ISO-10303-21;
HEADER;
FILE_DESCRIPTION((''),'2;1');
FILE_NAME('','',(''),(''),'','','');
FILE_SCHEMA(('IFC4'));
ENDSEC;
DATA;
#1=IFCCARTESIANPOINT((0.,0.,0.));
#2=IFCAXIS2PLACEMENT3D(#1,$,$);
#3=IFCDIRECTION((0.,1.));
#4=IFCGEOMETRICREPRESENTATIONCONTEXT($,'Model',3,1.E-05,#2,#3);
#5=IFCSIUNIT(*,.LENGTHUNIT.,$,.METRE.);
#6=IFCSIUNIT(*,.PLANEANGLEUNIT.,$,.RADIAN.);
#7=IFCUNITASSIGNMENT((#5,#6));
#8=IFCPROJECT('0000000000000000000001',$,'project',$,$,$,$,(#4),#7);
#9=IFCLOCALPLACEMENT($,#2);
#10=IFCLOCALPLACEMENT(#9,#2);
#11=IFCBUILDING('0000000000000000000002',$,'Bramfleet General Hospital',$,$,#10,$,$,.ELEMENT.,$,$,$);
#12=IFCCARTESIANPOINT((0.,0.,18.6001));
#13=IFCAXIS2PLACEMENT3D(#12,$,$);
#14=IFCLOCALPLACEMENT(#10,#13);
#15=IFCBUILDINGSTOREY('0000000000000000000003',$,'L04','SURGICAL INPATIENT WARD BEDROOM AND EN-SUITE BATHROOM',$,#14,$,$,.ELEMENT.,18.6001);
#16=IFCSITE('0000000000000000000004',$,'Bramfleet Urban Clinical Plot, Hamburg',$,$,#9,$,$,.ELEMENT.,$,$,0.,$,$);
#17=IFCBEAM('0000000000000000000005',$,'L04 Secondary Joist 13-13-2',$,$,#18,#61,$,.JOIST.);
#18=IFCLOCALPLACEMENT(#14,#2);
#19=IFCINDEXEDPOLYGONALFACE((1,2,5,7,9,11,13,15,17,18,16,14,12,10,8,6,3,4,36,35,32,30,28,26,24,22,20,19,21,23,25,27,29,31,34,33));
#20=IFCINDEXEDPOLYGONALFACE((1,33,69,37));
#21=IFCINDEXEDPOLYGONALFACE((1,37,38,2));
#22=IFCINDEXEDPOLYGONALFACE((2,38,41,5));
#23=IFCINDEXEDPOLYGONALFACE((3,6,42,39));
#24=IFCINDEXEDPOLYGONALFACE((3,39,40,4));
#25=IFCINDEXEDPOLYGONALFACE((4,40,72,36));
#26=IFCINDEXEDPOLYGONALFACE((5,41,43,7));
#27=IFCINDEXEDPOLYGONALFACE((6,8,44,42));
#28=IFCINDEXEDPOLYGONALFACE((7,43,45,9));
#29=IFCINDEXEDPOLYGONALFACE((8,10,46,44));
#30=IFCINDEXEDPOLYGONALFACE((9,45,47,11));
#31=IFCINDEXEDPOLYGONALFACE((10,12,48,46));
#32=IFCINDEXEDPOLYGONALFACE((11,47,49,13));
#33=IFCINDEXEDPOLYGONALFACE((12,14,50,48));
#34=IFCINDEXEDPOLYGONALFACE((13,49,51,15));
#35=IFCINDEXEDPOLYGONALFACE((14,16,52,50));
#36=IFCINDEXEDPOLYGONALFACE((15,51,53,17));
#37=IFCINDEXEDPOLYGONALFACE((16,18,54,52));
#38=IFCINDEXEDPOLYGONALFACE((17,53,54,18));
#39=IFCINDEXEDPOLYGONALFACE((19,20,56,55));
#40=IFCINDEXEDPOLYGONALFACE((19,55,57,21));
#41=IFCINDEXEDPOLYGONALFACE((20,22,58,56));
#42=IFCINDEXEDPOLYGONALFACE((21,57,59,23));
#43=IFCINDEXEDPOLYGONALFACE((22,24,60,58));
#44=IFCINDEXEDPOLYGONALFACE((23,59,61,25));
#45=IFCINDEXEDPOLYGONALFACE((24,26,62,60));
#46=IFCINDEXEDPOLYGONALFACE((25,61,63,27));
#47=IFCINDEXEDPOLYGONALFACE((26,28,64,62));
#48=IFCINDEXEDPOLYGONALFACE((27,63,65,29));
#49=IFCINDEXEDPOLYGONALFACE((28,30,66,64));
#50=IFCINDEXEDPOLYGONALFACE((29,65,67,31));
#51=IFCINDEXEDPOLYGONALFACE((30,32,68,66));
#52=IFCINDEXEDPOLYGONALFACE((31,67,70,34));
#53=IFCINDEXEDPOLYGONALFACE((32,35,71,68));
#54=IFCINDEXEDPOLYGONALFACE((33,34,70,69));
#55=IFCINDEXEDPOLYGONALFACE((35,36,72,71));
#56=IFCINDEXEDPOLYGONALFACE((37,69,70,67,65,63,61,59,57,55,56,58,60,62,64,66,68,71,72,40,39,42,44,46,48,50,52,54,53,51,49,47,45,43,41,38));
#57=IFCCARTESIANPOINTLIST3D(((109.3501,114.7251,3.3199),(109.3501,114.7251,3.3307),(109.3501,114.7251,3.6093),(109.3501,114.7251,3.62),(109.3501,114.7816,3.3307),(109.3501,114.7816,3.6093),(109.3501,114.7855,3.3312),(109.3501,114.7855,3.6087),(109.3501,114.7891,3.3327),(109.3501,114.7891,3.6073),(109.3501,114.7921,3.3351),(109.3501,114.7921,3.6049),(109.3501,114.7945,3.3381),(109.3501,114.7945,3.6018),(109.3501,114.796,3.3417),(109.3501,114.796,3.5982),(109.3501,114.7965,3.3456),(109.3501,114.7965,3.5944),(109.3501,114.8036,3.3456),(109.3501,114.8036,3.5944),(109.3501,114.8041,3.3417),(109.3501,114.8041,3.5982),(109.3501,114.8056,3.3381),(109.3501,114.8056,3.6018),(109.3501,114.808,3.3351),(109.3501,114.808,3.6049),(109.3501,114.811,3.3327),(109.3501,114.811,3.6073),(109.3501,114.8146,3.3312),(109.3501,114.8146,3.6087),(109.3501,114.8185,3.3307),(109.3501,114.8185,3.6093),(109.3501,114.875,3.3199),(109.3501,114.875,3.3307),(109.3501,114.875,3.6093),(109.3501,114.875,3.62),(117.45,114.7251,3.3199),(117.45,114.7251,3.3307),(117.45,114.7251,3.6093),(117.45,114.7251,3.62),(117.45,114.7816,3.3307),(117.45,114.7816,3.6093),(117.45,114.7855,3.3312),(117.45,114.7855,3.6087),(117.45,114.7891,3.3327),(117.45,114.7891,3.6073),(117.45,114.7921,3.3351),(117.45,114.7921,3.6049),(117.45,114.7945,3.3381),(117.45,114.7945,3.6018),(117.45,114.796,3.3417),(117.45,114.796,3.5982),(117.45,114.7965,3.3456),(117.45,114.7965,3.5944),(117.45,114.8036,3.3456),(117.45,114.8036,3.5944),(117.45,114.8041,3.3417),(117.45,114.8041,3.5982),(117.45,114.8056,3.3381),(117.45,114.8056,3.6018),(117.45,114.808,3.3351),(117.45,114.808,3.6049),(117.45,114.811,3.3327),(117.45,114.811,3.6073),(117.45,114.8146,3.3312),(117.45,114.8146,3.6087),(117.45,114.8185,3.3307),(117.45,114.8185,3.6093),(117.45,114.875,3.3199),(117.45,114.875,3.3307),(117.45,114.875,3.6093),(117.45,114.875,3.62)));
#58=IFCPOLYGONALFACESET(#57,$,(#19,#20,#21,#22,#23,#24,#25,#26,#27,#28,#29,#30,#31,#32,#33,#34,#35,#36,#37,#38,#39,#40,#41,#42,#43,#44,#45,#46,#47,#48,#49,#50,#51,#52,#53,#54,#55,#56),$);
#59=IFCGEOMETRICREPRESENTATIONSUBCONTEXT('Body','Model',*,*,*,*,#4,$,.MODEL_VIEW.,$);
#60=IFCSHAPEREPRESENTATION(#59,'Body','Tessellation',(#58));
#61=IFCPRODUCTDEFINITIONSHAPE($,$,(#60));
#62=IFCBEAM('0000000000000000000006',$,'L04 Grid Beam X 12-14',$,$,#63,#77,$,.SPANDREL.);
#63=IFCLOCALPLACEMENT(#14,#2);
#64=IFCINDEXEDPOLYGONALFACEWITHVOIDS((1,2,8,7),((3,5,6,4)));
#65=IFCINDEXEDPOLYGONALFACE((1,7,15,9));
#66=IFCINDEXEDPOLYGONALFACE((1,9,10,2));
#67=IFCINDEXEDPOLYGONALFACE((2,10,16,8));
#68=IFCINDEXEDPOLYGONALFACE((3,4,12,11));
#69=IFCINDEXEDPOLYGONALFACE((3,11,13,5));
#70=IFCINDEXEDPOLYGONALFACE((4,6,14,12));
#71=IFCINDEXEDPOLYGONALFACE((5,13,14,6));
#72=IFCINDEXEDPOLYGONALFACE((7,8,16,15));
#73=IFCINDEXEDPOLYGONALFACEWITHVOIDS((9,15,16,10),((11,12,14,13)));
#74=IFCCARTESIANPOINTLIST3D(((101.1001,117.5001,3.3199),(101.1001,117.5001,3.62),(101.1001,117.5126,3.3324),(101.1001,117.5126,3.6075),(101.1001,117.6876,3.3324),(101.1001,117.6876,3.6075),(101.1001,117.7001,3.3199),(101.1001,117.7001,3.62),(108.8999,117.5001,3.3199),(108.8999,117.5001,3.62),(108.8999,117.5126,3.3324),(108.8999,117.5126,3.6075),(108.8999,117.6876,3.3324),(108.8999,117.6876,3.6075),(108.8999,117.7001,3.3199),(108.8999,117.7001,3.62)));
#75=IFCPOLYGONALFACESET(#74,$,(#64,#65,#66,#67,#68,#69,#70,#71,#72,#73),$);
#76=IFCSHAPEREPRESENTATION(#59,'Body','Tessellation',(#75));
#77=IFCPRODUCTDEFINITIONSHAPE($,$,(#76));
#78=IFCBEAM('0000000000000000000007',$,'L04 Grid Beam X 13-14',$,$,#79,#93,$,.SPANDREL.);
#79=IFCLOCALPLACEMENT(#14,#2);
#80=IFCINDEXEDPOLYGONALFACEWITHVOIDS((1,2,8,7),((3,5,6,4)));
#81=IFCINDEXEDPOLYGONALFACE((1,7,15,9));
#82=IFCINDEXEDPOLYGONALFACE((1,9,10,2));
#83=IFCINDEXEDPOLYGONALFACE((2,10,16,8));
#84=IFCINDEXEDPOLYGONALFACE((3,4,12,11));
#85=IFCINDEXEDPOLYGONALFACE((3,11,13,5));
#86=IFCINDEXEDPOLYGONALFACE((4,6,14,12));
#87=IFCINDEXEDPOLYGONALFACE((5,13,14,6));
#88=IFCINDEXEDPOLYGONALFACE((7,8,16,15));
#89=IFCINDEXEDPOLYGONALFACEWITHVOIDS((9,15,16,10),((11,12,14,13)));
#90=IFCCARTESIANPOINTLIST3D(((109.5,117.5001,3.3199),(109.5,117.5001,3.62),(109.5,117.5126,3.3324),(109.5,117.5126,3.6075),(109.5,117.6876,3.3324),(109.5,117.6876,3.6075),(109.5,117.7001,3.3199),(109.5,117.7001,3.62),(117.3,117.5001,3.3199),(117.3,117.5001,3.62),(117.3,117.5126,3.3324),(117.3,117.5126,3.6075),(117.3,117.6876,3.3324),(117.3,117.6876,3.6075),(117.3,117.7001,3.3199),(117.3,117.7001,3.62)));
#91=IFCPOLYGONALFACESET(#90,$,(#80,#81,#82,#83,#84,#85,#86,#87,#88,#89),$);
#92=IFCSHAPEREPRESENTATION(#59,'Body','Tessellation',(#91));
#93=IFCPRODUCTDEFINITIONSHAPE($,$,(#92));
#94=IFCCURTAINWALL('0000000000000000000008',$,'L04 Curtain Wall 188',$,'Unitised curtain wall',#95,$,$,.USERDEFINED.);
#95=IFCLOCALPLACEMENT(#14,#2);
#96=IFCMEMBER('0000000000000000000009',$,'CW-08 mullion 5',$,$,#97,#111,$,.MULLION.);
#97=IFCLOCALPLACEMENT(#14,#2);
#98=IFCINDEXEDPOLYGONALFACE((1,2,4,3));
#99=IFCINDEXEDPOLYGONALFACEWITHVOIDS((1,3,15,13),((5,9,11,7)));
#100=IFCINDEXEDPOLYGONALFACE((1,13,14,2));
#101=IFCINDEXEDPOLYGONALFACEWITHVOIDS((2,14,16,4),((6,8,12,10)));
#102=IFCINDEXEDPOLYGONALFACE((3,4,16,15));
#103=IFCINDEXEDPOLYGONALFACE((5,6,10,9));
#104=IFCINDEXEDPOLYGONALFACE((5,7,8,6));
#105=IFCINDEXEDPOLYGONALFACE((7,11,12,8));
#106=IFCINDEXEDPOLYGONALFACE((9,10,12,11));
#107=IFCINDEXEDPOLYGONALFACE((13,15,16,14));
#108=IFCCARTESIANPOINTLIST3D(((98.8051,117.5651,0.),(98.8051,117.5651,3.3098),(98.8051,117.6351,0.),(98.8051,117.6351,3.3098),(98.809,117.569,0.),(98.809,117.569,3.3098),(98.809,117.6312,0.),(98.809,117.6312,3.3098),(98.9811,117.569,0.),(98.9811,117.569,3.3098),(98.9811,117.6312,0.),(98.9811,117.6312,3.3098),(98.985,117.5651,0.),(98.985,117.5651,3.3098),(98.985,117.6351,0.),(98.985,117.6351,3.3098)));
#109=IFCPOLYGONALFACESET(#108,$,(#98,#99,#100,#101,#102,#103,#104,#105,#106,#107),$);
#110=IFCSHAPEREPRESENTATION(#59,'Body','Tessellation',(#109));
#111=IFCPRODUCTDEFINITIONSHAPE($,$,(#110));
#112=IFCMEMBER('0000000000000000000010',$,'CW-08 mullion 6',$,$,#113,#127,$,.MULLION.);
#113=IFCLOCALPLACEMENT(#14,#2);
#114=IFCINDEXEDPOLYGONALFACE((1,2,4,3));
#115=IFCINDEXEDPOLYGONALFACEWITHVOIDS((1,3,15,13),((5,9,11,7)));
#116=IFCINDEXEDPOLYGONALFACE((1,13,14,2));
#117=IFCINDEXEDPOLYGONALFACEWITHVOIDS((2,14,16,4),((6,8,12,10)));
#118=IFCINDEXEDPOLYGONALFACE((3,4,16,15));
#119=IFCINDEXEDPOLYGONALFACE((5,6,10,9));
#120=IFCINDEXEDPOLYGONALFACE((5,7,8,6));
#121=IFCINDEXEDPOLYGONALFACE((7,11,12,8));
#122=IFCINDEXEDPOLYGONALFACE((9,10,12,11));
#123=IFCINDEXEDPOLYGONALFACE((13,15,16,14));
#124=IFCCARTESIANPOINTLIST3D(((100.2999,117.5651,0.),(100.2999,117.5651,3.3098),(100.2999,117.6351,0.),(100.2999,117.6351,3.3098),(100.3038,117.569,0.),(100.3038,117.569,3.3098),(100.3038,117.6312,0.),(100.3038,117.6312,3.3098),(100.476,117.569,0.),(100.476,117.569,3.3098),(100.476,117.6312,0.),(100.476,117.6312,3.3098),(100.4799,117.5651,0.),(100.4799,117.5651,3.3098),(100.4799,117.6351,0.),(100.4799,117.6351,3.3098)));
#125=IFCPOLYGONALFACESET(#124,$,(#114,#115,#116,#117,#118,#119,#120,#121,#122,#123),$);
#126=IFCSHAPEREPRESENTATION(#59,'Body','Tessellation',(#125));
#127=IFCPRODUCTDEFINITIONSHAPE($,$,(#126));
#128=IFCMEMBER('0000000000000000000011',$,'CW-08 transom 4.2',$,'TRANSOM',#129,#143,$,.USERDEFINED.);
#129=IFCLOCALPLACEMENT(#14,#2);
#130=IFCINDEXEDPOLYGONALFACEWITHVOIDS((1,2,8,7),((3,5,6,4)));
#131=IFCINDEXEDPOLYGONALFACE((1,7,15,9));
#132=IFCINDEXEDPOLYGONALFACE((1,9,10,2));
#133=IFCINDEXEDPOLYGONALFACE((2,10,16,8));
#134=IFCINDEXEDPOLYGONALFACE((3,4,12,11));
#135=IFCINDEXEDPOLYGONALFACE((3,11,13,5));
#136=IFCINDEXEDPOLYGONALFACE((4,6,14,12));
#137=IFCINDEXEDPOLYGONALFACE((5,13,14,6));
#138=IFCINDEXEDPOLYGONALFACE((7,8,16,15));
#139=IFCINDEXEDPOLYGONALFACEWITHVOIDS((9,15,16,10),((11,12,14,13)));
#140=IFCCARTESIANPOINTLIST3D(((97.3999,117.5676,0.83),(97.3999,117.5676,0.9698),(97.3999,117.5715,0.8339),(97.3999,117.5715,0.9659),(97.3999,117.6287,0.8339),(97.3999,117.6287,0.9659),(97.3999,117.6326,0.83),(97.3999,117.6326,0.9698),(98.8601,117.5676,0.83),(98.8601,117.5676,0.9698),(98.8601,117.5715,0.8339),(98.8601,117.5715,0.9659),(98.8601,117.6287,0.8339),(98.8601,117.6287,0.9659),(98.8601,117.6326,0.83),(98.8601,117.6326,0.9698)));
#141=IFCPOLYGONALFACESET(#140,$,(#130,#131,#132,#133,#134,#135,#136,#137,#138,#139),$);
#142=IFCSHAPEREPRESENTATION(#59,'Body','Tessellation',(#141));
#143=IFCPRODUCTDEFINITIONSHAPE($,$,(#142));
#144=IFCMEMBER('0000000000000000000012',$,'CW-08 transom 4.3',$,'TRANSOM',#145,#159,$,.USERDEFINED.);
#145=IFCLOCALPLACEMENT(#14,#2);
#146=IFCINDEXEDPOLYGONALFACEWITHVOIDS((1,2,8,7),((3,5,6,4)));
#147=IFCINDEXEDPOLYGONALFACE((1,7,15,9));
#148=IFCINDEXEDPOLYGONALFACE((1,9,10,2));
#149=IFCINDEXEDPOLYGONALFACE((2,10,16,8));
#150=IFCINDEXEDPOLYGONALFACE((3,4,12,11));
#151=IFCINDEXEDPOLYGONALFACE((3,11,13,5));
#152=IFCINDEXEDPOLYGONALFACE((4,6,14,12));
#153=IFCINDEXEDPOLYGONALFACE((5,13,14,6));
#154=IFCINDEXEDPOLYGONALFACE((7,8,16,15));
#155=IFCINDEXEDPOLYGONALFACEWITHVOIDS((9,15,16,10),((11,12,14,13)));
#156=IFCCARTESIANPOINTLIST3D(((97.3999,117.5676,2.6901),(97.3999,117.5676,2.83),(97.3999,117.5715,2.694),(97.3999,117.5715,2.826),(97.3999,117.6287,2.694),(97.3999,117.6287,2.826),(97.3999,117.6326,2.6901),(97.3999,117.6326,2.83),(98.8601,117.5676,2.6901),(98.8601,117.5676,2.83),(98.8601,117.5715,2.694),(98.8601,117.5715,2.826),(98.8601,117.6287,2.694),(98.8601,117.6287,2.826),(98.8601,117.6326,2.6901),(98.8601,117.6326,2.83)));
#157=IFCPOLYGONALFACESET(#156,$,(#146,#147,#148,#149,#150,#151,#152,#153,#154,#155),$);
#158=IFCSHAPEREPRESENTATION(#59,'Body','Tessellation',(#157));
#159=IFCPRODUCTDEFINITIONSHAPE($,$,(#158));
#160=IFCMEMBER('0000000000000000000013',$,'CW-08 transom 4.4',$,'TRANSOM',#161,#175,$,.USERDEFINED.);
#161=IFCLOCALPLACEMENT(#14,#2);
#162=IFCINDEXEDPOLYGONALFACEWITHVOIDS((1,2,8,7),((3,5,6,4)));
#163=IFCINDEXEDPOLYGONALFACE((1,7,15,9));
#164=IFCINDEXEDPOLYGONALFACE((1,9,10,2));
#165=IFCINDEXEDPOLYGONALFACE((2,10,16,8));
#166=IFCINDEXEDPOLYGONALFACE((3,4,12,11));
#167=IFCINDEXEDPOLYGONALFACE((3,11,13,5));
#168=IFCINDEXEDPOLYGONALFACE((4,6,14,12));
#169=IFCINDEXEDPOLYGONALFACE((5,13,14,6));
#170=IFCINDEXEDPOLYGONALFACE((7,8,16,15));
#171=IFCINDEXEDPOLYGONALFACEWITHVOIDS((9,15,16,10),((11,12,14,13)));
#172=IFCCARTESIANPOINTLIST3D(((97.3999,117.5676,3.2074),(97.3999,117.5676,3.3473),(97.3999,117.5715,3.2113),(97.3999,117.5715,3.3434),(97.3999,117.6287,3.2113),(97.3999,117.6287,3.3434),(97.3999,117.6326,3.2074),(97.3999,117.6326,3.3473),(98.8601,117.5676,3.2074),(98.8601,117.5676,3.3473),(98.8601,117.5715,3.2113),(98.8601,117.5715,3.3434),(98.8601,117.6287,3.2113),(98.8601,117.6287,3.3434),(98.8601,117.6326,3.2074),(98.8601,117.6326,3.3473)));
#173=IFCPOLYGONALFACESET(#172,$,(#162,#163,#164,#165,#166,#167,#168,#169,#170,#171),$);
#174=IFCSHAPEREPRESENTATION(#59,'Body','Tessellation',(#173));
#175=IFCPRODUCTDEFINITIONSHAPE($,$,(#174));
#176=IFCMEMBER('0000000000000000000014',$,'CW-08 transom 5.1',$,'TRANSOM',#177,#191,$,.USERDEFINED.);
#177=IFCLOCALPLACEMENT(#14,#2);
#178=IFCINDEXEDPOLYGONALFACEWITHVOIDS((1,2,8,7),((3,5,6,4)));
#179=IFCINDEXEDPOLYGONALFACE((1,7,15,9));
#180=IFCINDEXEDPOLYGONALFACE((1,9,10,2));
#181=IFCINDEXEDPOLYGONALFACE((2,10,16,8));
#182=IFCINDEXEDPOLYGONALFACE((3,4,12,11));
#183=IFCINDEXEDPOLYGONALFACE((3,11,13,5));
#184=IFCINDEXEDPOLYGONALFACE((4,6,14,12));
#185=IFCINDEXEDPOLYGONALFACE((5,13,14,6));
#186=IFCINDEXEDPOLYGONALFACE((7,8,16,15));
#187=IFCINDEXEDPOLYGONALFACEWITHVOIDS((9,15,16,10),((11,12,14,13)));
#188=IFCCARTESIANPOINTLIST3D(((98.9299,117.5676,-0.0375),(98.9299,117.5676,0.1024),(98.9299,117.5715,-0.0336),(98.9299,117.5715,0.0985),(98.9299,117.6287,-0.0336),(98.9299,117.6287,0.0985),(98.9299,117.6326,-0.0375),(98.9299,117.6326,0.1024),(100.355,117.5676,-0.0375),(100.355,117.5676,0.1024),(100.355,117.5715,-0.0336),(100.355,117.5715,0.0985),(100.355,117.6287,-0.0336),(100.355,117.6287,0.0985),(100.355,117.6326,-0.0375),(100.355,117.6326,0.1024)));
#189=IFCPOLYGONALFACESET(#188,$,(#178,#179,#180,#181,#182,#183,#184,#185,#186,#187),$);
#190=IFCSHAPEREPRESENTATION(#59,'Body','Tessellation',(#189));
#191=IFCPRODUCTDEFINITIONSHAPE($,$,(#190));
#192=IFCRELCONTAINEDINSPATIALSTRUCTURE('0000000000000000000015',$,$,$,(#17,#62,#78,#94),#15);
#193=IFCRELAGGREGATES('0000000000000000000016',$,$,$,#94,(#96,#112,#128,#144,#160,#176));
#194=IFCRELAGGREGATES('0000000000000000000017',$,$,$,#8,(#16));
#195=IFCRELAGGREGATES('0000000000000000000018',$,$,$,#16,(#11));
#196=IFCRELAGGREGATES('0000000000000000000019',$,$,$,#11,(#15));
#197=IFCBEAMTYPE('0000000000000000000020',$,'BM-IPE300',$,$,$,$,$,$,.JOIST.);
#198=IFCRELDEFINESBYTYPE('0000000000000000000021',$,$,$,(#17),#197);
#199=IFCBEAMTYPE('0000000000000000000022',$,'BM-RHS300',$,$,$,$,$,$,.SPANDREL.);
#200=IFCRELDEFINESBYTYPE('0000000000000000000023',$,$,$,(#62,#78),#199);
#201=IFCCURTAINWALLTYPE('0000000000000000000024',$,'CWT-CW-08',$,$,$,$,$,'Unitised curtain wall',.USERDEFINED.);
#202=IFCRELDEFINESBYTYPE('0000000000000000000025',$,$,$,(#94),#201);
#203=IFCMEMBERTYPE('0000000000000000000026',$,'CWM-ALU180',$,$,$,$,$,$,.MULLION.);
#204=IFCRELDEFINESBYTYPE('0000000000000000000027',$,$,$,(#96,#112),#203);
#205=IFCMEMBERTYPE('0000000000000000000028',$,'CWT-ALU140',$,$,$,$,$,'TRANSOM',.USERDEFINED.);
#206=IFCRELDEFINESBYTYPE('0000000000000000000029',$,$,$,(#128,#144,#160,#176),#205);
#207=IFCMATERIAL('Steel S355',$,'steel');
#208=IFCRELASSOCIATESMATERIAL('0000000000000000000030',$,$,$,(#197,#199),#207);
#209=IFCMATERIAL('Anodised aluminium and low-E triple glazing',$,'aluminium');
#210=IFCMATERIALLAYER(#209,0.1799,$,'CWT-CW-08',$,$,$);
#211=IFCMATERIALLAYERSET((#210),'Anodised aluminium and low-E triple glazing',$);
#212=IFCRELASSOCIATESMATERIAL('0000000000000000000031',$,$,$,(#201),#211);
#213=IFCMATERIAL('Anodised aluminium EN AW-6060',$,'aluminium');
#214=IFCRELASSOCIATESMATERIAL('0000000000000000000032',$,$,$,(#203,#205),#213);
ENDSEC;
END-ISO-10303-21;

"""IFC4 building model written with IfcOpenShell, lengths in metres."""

from ifc_helpers import new_model, si_unit, direction, frame, origin, origin_2d, place, context, subcontext, project, spatial, hollow_rectangle, i_section, extrude, material, layer, layer_set, material_profile, profile_set, type_object, element, aggregate, save


model = new_model("IFC4")

# Units and contexts
model_context = context("Model", 3, precision=1e-05, world=origin(), true_north=direction((0.0, 1.0)))
body_context = subcontext(model_context, "Body", "Model", "MODEL_VIEW")
ifc_project = project(units=[si_unit("LENGTHUNIT", "METRE"), si_unit("PLANEANGLEUNIT", "RADIAN")], contexts=[model_context])

# Site, building, storey
site_placement = place(None, origin())
site = spatial("IfcSite", under=ifc_project, at=site_placement, Name="Bramfleet Urban Clinical Plot, Hamburg", CompositionType="ELEMENT", RefElevation=0.0)
building_placement = place(site_placement, origin())
building = spatial("IfcBuilding", under=site, at=building_placement, Name="Bramfleet General Hospital", CompositionType="ELEMENT")
storey_placement = place(building_placement, frame((0.0, 0.0, 18.6001)))
storey = spatial("IfcBuildingStorey", under=building, at=storey_placement, Name="L04", Description="SURGICAL INPATIENT WARD BEDROOM AND EN-SUITE BATHROOM", CompositionType="ELEMENT", Elevation=18.6001)

# Beams
ifc_material_1 = material(Name="Steel S355", Category="steel")
ifc_material_profile_1 = material_profile(ifc_material_1, i_section(OverallWidth=0.1499, OverallDepth=0.3, WebThickness=0.0071, FlangeThickness=0.0107, FilletRadius=0.0149, at=origin_2d()), Name="IPE 300")
ifc_profile_set_1 = profile_set([ifc_material_profile_1], Name="Steel S355")
beam_type_1 = type_object("IfcBeamType", Name="BM-IPE300", PredefinedType="JOIST", material=ifc_profile_set_1)
for number, where, z_axis, x_axis, name in (
    (1, (109.3501, 114.8, 3.47), (1.0, 0.0, 0.0), (0.0, 1.0, 0.0), "L04 Secondary Joist 13-13-2"),
):
    element("IfcBeam", number, at=place(storey_placement, frame(where, z_axis=z_axis, x_axis=x_axis)), inside=storey, type_object=beam_type_1, Name=name, PredefinedType="JOIST", context=body_context, shape_type="SweptSolid", body=[
        extrude(i_section(OverallWidth=0.1499, OverallDepth=0.3, WebThickness=0.0071, FlangeThickness=0.0107, FilletRadius=0.0149, at=origin_2d()), origin(), (0.0, 0.0, 1.0), 8.0999),
    ])
ifc_material_profile_2 = material_profile(ifc_material_1, hollow_rectangle(XDim=0.2, YDim=0.3, WallThickness=0.0125, at=origin_2d()), Name="RHS 300x200x12.5")
ifc_profile_set_2 = profile_set([ifc_material_profile_2], Name="Steel S355")
beam_type_2 = type_object("IfcBeamType", Name="BM-RHS300", PredefinedType="SPANDREL", material=ifc_profile_set_2)
beam_1_placement = place(storey_placement, frame((101.1001, 117.6001, 3.47), z_axis=(1.0, 0.0, 0.0), x_axis=(0.0, 1.0, 0.0)))
element("IfcBeam", 2, at=beam_1_placement, inside=storey, type_object=beam_type_2, Name="L04 Grid Beam X 12-14", PredefinedType="SPANDREL", context=body_context, shape_type="SweptSolid", body=[
    extrude(hollow_rectangle(XDim=0.2, YDim=0.3, WallThickness=0.0125, at=origin_2d()), origin(), (0.0, 0.0, 1.0), 7.7998),
])
beam_2_placement = place(storey_placement, frame((109.5, 117.6001, 3.47), z_axis=(1.0, 0.0, 0.0), x_axis=(0.0, 1.0, 0.0)))
element("IfcBeam", 3, at=beam_2_placement, inside=storey, type_object=beam_type_2, Name="L04 Grid Beam X 13-14", PredefinedType="SPANDREL", context=body_context, shape_type="SweptSolid", body=[
    extrude(hollow_rectangle(XDim=0.2, YDim=0.3, WallThickness=0.0125, at=origin_2d()), origin(), (0.0, 0.0, 1.0), 7.8),
])

# Curtain wall, members
ifc_material_2 = material(Name="Anodised aluminium and low-E triple glazing", Category="aluminium")
ifc_layer_1 = layer(ifc_material_2, 0.1799, Name="CWT-CW-08")
ifc_layer_set_1 = layer_set([ifc_layer_1], Name="Anodised aluminium and low-E triple glazing")
curtain_wall_type = type_object("IfcCurtainWallType", Name="CWT-CW-08", ElementType="Unitised curtain wall", PredefinedType="USERDEFINED", material=ifc_layer_set_1)
curtain_wall_placement = place(storey_placement, origin())
curtain_wall = element("IfcCurtainWall", 4, at=curtain_wall_placement, inside=storey, type_object=curtain_wall_type, Name="L04 Curtain Wall 188", ObjectType="Unitised curtain wall", PredefinedType="USERDEFINED")
ifc_material_3 = material(Name="Anodised aluminium EN AW-6060", Category="aluminium")
ifc_material_profile_3 = material_profile(ifc_material_3, hollow_rectangle(XDim=0.0701, YDim=0.1799, WallThickness=0.0039, at=origin_2d()), Name="ALU 180x70x4.0")
ifc_profile_set_3 = profile_set([ifc_material_profile_3], Name="Anodised aluminium EN AW-6060")
member_type_1 = type_object("IfcMemberType", Name="CWM-ALU180", PredefinedType="MULLION", material=ifc_profile_set_3)
member_1_placement = place(storey_placement, frame((98.895, 117.6001, 0.0), z_axis=(0.0, 0.0, 1.0), x_axis=(0.0, 1.0, 0.0)))
member_1 = element("IfcMember", 5, at=member_1_placement, type_object=member_type_1, Name="CW-08 mullion 5", PredefinedType="MULLION", context=body_context, shape_type="SweptSolid", body=[
    extrude(hollow_rectangle(XDim=0.0701, YDim=0.1799, WallThickness=0.0039, at=origin_2d()), origin(), (0.0, 0.0, 1.0), 3.3098),
])
member_2_placement = place(storey_placement, frame((100.3899, 117.6001, 0.0), z_axis=(0.0, 0.0, 1.0), x_axis=(0.0, 1.0, 0.0)))
member_2 = element("IfcMember", 6, at=member_2_placement, type_object=member_type_1, Name="CW-08 mullion 6", PredefinedType="MULLION", context=body_context, shape_type="SweptSolid", body=[
    extrude(hollow_rectangle(XDim=0.0701, YDim=0.1799, WallThickness=0.0039, at=origin_2d()), origin(), (0.0, 0.0, 1.0), 3.3098),
])
ifc_material_profile_4 = material_profile(ifc_material_3, hollow_rectangle(XDim=0.0649, YDim=0.1399, WallThickness=0.0039, at=origin_2d()), Name="ALU 140x65x4.0")
ifc_profile_set_4 = profile_set([ifc_material_profile_4], Name="Anodised aluminium EN AW-6060")
member_type_2 = type_object("IfcMemberType", Name="CWT-ALU140", ElementType="TRANSOM", PredefinedType="USERDEFINED", material=ifc_profile_set_4)
member_3_placement = place(storey_placement, frame((97.3999, 117.6001, 0.8999), z_axis=(1.0, 0.0, 0.0), x_axis=(0.0, 1.0, 0.0)))
member_3 = element("IfcMember", 7, at=member_3_placement, type_object=member_type_2, Name="CW-08 transom 4.2", ObjectType="TRANSOM", PredefinedType="USERDEFINED", context=body_context, shape_type="SweptSolid", body=[
    extrude(hollow_rectangle(XDim=0.0649, YDim=0.1399, WallThickness=0.0039, at=origin_2d()), origin(), (0.0, 0.0, 1.0), 1.4602),
])
member_4_placement = place(storey_placement, frame((97.3999, 117.6001, 2.76), z_axis=(1.0, 0.0, 0.0), x_axis=(0.0, 1.0, 0.0)))
member_4 = element("IfcMember", 8, at=member_4_placement, type_object=member_type_2, Name="CW-08 transom 4.3", ObjectType="TRANSOM", PredefinedType="USERDEFINED", context=body_context, shape_type="SweptSolid", body=[
    extrude(hollow_rectangle(XDim=0.0649, YDim=0.1399, WallThickness=0.0039, at=origin_2d()), origin(), (0.0, 0.0, 1.0), 1.4602),
])
member_5_placement = place(storey_placement, frame((97.3999, 117.6001, 3.2773), z_axis=(1.0, 0.0, 0.0), x_axis=(0.0, 1.0, 0.0)))
member_5 = element("IfcMember", 9, at=member_5_placement, type_object=member_type_2, Name="CW-08 transom 4.4", ObjectType="TRANSOM", PredefinedType="USERDEFINED", context=body_context, shape_type="SweptSolid", body=[
    extrude(hollow_rectangle(XDim=0.0649, YDim=0.1399, WallThickness=0.0039, at=origin_2d()), origin(), (0.0, 0.0, 1.0), 1.4602),
])
member_6_placement = place(storey_placement, frame((98.9299, 117.6001, 0.0325), z_axis=(1.0, 0.0, 0.0), x_axis=(0.0, 1.0, 0.0)))
member_6 = element("IfcMember", 10, at=member_6_placement, type_object=member_type_2, Name="CW-08 transom 5.1", ObjectType="TRANSOM", PredefinedType="USERDEFINED", context=body_context, shape_type="SweptSolid", body=[
    extrude(hollow_rectangle(XDim=0.0649, YDim=0.1399, WallThickness=0.0039, at=origin_2d()), origin(), (0.0, 0.0, 1.0), 1.425),
])
aggregate(curtain_wall, [member_1, member_2, member_3, member_4, member_5, member_6])

save(model, "model.ifc")
